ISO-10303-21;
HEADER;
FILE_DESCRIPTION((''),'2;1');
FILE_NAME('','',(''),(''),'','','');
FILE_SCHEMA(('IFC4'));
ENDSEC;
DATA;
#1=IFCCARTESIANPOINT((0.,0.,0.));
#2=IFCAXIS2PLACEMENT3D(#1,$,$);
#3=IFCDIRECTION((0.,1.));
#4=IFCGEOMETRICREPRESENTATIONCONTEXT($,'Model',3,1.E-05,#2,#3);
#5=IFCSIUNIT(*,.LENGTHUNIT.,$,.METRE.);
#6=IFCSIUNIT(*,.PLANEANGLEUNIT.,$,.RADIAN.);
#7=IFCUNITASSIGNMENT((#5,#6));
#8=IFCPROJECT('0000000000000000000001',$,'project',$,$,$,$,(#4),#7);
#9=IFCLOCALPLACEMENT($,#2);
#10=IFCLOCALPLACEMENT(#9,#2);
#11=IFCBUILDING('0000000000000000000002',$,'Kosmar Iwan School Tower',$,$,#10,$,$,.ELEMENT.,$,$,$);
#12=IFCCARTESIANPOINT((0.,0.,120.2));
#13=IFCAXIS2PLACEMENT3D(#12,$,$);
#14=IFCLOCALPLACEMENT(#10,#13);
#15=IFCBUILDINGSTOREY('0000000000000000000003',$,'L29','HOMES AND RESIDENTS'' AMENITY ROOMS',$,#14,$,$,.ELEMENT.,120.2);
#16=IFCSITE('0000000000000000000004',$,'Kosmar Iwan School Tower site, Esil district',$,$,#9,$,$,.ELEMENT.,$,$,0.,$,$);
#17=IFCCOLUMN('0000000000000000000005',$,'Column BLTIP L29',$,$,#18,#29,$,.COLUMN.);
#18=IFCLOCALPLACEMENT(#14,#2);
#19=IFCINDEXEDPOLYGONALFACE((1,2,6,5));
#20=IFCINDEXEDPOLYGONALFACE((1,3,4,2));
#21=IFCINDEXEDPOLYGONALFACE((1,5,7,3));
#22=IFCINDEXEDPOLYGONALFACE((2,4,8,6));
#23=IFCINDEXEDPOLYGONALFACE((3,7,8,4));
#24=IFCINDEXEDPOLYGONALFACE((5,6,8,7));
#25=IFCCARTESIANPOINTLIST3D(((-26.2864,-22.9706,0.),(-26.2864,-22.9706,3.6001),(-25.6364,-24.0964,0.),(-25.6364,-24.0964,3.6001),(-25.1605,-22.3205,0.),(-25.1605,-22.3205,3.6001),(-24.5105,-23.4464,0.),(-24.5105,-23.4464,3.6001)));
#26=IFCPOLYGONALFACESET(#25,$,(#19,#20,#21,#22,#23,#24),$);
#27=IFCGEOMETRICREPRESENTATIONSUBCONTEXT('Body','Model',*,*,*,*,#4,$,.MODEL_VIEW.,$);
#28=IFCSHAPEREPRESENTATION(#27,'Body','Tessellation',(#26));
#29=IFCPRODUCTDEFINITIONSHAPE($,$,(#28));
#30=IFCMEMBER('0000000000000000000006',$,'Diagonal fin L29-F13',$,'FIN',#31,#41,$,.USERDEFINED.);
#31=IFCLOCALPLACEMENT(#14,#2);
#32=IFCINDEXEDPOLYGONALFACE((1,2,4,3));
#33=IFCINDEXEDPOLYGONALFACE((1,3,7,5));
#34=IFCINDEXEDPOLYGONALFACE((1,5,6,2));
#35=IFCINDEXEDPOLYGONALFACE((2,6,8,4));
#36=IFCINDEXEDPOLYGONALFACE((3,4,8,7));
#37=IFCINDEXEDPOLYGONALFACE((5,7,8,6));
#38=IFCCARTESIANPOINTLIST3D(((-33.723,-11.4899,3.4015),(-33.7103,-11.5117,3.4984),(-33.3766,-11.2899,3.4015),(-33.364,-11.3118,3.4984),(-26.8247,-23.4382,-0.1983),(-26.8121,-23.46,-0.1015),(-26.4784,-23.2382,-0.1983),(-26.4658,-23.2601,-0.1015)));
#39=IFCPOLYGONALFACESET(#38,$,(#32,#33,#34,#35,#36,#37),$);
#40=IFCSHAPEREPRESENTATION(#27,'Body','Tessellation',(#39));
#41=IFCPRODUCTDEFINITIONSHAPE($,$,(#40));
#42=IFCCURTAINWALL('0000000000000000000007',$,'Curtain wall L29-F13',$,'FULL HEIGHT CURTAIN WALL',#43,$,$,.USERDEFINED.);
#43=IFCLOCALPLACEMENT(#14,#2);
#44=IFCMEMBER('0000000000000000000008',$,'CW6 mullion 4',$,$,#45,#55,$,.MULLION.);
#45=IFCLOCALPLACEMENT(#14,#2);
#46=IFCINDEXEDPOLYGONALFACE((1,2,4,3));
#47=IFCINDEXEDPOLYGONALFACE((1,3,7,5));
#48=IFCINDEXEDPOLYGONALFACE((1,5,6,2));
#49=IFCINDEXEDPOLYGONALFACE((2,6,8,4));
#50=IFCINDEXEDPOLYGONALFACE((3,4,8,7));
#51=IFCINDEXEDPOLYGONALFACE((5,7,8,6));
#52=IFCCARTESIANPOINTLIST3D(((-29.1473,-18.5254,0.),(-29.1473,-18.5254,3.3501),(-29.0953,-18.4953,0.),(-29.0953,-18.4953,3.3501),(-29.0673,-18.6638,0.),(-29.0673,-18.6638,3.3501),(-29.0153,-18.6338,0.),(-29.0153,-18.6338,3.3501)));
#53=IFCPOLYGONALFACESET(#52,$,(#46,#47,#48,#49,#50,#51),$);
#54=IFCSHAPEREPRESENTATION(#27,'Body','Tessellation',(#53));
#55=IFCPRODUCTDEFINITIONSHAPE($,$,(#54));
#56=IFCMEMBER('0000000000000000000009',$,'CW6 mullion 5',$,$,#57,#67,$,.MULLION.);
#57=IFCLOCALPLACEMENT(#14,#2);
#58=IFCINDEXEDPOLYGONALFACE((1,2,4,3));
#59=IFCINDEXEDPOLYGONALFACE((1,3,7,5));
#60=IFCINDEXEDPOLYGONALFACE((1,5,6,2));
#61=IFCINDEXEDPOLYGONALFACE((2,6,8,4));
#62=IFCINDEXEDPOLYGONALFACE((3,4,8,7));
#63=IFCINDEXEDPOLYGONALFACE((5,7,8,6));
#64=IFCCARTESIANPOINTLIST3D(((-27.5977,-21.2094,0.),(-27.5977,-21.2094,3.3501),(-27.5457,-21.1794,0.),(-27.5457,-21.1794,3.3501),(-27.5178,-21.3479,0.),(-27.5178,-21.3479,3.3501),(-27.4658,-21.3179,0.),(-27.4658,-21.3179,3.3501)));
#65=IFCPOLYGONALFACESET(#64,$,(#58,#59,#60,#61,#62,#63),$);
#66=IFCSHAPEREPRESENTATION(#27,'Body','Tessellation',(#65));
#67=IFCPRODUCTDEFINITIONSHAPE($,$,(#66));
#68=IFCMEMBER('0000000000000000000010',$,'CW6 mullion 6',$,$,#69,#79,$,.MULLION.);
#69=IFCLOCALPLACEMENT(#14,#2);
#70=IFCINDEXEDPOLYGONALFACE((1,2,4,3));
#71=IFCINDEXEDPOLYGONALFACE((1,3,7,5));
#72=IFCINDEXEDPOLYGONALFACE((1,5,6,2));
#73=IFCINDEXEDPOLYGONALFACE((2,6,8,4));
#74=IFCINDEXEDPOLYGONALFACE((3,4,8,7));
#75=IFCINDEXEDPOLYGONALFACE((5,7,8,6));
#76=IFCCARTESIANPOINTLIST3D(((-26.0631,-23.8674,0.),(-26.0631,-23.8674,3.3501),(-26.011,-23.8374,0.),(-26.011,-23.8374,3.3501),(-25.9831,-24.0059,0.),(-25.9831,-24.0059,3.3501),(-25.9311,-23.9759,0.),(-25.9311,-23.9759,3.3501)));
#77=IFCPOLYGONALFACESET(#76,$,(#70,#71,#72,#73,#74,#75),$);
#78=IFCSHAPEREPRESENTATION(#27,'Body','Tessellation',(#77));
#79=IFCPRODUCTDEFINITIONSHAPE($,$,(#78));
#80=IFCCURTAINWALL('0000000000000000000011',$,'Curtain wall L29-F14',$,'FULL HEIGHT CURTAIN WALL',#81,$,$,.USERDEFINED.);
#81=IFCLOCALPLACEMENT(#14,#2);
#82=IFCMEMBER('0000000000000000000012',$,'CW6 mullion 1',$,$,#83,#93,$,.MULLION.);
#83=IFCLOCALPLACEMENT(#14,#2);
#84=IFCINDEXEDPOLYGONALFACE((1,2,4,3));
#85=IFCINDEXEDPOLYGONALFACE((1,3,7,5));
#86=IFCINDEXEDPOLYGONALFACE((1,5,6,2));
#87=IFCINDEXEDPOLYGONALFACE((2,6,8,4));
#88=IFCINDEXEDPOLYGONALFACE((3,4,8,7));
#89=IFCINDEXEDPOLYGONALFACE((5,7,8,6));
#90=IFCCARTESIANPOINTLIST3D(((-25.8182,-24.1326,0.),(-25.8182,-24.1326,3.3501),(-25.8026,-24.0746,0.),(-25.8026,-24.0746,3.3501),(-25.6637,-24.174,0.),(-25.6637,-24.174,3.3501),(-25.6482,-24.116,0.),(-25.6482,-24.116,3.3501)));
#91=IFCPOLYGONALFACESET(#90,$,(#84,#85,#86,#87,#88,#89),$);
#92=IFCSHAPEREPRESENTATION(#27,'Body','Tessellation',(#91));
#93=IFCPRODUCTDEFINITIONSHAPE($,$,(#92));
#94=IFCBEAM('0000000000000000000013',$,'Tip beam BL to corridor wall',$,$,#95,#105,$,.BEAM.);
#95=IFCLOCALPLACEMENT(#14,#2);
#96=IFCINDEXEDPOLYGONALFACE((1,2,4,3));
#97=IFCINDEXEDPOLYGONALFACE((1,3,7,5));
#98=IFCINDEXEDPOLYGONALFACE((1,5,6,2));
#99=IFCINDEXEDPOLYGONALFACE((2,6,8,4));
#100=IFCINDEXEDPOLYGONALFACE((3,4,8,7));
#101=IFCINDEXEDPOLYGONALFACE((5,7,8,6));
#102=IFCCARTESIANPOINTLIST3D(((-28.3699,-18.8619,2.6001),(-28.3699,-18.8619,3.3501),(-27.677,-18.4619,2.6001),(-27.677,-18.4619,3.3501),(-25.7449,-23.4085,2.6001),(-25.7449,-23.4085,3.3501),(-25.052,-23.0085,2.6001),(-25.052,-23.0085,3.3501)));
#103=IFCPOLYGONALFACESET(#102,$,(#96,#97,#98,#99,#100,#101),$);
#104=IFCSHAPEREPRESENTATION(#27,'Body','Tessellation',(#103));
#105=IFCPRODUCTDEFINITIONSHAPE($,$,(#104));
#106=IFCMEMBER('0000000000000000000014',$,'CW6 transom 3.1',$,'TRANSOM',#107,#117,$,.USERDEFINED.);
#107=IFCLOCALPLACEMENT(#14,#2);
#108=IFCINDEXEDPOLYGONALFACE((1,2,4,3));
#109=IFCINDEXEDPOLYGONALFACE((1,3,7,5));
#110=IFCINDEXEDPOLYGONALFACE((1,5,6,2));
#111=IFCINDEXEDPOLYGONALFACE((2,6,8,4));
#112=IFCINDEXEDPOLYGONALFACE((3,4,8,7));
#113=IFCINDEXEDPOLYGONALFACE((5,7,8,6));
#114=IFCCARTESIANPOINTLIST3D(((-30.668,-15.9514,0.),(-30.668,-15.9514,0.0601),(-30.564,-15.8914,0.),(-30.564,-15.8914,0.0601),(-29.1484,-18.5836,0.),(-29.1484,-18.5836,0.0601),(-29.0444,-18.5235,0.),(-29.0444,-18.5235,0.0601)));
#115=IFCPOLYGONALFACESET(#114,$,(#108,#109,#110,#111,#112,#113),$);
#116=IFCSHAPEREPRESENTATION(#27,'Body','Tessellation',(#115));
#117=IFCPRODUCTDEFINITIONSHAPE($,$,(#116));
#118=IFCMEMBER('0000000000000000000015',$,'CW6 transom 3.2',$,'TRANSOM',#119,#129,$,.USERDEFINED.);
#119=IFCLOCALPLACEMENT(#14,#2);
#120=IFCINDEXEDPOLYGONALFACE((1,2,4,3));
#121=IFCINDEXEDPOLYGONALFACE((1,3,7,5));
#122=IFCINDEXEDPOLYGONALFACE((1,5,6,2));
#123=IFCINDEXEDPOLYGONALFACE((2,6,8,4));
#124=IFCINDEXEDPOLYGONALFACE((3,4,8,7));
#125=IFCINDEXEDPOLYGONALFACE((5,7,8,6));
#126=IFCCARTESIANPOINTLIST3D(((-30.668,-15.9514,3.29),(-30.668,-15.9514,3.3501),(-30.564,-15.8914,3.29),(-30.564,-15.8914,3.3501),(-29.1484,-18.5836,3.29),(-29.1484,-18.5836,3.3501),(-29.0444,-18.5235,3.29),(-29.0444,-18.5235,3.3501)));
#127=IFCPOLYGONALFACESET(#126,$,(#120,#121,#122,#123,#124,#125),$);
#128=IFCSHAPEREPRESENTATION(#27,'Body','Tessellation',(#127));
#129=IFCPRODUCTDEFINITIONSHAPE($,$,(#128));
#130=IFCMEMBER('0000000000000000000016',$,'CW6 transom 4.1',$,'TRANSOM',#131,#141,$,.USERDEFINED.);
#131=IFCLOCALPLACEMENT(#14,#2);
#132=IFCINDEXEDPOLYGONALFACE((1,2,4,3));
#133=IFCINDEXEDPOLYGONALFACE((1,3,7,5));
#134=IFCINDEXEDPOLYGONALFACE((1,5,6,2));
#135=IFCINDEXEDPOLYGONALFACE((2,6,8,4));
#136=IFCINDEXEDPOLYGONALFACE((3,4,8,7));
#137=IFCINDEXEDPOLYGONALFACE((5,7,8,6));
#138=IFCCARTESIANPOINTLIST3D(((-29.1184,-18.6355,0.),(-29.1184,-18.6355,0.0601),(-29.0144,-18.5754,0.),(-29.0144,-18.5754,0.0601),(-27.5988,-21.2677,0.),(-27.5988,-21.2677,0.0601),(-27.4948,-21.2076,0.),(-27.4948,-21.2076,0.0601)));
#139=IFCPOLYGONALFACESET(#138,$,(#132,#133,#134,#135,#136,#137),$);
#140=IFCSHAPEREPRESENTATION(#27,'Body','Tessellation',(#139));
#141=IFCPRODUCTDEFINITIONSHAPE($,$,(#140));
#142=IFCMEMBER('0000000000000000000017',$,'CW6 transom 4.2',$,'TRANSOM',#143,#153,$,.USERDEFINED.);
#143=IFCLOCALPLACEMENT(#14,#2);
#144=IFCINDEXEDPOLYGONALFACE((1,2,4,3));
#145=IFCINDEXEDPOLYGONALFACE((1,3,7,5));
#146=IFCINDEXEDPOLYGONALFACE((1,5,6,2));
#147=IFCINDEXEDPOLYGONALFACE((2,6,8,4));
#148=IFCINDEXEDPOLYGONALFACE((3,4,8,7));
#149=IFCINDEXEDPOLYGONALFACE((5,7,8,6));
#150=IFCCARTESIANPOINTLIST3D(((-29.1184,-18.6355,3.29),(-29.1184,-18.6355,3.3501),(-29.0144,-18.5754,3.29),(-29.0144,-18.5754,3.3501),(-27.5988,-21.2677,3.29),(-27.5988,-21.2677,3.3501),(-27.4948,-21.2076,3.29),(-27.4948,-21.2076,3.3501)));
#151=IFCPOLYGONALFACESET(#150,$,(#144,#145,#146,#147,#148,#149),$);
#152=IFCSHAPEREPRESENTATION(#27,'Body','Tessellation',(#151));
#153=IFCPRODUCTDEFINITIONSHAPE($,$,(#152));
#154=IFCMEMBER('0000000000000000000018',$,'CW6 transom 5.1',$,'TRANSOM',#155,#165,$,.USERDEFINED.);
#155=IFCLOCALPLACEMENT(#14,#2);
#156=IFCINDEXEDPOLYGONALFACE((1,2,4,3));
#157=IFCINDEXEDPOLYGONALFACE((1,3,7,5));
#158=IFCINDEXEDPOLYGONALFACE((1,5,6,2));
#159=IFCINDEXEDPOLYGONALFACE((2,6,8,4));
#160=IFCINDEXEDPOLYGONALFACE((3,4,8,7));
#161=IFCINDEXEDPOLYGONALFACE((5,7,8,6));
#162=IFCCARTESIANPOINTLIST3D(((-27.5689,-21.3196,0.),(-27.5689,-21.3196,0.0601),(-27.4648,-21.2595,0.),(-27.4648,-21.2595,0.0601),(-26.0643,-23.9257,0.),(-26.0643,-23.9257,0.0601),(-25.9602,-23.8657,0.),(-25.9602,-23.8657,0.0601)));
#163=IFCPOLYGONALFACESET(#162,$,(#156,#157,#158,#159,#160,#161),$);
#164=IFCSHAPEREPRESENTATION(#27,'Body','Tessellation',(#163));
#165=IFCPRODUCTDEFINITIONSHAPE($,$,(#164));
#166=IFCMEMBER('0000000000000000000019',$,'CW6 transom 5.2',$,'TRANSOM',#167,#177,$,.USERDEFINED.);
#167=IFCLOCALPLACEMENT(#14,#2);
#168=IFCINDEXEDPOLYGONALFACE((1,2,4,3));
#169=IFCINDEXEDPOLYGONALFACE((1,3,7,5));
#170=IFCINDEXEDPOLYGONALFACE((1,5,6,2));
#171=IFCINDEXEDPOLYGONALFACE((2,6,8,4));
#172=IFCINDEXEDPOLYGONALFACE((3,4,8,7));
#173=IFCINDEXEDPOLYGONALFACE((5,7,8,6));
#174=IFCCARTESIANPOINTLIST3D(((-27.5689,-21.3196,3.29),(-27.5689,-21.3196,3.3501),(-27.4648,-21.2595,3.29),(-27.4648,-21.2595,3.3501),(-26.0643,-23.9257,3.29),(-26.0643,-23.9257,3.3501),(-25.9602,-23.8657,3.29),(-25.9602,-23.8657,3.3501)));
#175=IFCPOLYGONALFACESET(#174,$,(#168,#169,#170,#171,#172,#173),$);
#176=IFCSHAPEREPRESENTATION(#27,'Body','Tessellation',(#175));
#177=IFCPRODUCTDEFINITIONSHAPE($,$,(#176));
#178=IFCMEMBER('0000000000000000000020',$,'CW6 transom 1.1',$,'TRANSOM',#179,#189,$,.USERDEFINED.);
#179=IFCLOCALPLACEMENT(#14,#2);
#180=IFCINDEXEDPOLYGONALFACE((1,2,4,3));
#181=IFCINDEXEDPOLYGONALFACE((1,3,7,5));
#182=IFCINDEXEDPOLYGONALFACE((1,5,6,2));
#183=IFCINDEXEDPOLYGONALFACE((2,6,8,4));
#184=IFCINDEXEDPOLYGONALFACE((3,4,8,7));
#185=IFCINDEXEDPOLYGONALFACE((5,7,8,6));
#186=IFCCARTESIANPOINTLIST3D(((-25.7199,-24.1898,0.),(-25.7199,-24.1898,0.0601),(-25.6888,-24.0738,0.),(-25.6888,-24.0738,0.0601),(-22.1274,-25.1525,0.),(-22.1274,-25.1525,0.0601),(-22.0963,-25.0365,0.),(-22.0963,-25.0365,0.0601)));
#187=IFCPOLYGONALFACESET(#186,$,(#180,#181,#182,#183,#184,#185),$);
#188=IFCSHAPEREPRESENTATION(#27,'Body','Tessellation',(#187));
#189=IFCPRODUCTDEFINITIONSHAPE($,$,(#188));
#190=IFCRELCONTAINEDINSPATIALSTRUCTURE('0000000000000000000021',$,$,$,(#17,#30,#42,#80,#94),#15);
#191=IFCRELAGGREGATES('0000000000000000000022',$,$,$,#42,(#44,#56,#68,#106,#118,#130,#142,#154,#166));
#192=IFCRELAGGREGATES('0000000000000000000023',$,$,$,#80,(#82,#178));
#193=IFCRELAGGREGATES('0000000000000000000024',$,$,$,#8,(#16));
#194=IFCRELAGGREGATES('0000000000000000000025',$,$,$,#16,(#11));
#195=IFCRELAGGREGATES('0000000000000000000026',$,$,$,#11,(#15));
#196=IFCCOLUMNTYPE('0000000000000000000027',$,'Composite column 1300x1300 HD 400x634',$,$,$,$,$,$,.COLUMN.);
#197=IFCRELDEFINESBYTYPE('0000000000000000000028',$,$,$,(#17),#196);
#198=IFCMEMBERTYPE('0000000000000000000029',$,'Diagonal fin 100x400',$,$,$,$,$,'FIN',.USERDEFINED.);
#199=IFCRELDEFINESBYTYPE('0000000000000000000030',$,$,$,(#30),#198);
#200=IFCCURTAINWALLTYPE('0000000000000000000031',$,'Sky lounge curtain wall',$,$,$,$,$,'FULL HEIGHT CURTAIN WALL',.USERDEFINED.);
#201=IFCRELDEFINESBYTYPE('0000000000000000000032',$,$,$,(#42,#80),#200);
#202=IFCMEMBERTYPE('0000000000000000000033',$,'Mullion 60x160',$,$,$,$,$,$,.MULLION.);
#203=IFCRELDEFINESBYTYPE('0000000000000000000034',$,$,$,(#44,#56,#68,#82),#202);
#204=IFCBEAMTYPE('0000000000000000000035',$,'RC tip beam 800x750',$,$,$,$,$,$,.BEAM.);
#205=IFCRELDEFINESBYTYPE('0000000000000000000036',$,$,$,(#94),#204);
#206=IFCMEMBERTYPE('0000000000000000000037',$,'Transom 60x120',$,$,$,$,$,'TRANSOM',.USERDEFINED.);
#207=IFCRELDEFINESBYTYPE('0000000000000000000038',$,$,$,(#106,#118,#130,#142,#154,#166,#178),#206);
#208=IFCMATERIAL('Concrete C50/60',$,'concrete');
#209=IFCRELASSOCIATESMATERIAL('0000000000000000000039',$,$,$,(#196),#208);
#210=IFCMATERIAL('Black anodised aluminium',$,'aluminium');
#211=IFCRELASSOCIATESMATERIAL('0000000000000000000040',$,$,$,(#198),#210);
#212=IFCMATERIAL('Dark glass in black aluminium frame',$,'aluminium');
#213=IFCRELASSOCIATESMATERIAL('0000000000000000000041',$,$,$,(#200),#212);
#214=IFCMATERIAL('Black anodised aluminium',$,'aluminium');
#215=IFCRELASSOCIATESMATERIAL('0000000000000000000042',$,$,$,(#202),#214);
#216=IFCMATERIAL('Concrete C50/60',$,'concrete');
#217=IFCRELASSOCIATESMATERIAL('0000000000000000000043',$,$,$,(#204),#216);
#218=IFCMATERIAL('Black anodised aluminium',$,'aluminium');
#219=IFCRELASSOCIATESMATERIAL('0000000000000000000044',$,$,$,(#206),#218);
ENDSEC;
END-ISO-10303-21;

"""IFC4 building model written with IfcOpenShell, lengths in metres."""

from ifc_helpers import new_model, si_unit, direction, frame, origin, origin_2d, place, context, subcontext, project, spatial, rectangle, extrude, material, material_profile, profile_set, type_object, element, aggregate, save


model = new_model("IFC4")

# Units and contexts
model_context = context("Model", 3, precision=1e-05, world=origin(), true_north=direction((0.0, 1.0)))
body_context = subcontext(model_context, "Body", "Model", "MODEL_VIEW")
ifc_project = project(units=[si_unit("LENGTHUNIT", "METRE"), si_unit("PLANEANGLEUNIT", "RADIAN")], contexts=[model_context])

# Site, building, storey
site_placement = place(None, origin())
site = spatial("IfcSite", under=ifc_project, at=site_placement, Name="Kosmar Iwan School Tower site, Esil district", CompositionType="ELEMENT", RefElevation=0.0)
building_placement = place(site_placement, origin())
building = spatial("IfcBuilding", under=site, at=building_placement, Name="Kosmar Iwan School Tower", CompositionType="ELEMENT")
storey_placement = place(building_placement, frame((0.0, 0.0, 120.2)))
storey = spatial("IfcBuildingStorey", under=building, at=storey_placement, Name="L29", Description="HOMES AND RESIDENTS' AMENITY ROOMS", CompositionType="ELEMENT", Elevation=120.2)

# Column
ifc_material_1 = material(Name="Concrete C50/60", Category="concrete")
ifc_material_profile_1 = material_profile(ifc_material_1, rectangle(XDim=1.3, YDim=1.3, at=origin_2d()), Name="RC 1300x1300 + HD 400x634")
ifc_profile_set_1 = profile_set([ifc_material_profile_1], Name="Concrete C50/60")
column_type = type_object("IfcColumnType", Name="Composite column 1300x1300 HD 400x634", PredefinedType="COLUMN", material=ifc_profile_set_1)
column_placement = place(storey_placement, frame((-25.3984, -23.2085, 0.0), z_axis=(0.0, 0.0, 1.0), x_axis=(-0.866025, -0.5, 0.0)))
element("IfcColumn", 1, at=column_placement, inside=storey, type_object=column_type, Name="Column BLTIP L29", PredefinedType="COLUMN", context=body_context, shape_type="SweptSolid", body=[
    extrude(rectangle(XDim=1.3, YDim=1.3, at=origin_2d()), origin(), (0.0, 0.0, 1.0), 3.6001),
])

# Member
ifc_material_2 = material(Name="Black anodised aluminium", Category="aluminium")
ifc_material_profile_2 = material_profile(ifc_material_2, rectangle(XDim=0.1001, YDim=0.3999, at=origin_2d()), Name="FIN 100x400")
ifc_profile_set_2 = profile_set([ifc_material_profile_2], Name="Black anodised aluminium")
member_type_1 = type_object("IfcMemberType", Name="Diagonal fin 100x400", ElementType="FIN", PredefinedType="USERDEFINED", material=ifc_profile_set_2)
member_1_placement = place(storey_placement, frame((-26.6453, -23.3491, -0.1499), z_axis=(-0.483796, 0.837974, 0.252471), x_axis=(0.126234, -0.218647, 0.967604)))
element("IfcMember", 2, at=member_1_placement, inside=storey, type_object=member_type_1, Name="Diagonal fin L29-F13", ObjectType="FIN", PredefinedType="USERDEFINED", context=body_context, shape_type="SweptSolid", body=[
    extrude(rectangle(XDim=0.1001, YDim=0.3999, at=origin_2d()), origin(), (0.0, 0.0, 1.0), 14.2585),
])

# Curtain wall, members
ifc_material_3 = material(Name="Dark glass in black aluminium frame", Category="aluminium")
curtain_wall_type = type_object("IfcCurtainWallType", Name="Sky lounge curtain wall", ElementType="FULL HEIGHT CURTAIN WALL", PredefinedType="USERDEFINED", material=ifc_material_3)
curtain_wall_1_placement = place(storey_placement, origin())
curtain_wall_1 = element("IfcCurtainWall", 3, at=curtain_wall_1_placement, inside=storey, type_object=curtain_wall_type, Name="Curtain wall L29-F13", ObjectType="FULL HEIGHT CURTAIN WALL", PredefinedType="USERDEFINED")
ifc_material_4 = material(Name="Black anodised aluminium", Category="aluminium")
ifc_material_profile_3 = material_profile(ifc_material_4, rectangle(XDim=0.0601, YDim=0.1599, at=origin_2d()), Name="MULLION 60x160")
ifc_profile_set_3 = profile_set([ifc_material_profile_3], Name="Black anodised aluminium")
member_type_2 = type_object("IfcMemberType", Name="Mullion 60x160", PredefinedType="MULLION", material=ifc_profile_set_3)
member_2_placement = place(storey_placement, frame((-29.0813, -18.5796, 0.0), z_axis=(0.0, 0.0, 1.0), x_axis=(0.866025, 0.5, 0.0)))
member_2 = element("IfcMember", 4, at=member_2_placement, type_object=member_type_2, Name="CW6 mullion 4", PredefinedType="MULLION", context=body_context, shape_type="SweptSolid", body=[
    extrude(rectangle(XDim=0.0601, YDim=0.1599, at=origin_2d()), origin(), (0.0, 0.0, 1.0), 3.3501),
])
member_3_placement = place(storey_placement, frame((-27.5317, -21.2637, 0.0), z_axis=(0.0, 0.0, 1.0), x_axis=(0.866025, 0.5, 0.0)))
member_3 = element("IfcMember", 5, at=member_3_placement, type_object=member_type_2, Name="CW6 mullion 5", PredefinedType="MULLION", context=body_context, shape_type="SweptSolid", body=[
    extrude(rectangle(XDim=0.0601, YDim=0.1599, at=origin_2d()), origin(), (0.0, 0.0, 1.0), 3.3501),
])
member_4_placement = place(storey_placement, frame((-25.9971, -23.9216, 0.0), z_axis=(0.0, 0.0, 1.0), x_axis=(0.866025, 0.5, 0.0)))
member_4 = element("IfcMember", 6, at=member_4_placement, type_object=member_type_2, Name="CW6 mullion 6", PredefinedType="MULLION", context=body_context, shape_type="SweptSolid", body=[
    extrude(rectangle(XDim=0.0601, YDim=0.1599, at=origin_2d()), origin(), (0.0, 0.0, 1.0), 3.3501),
])

# Curtain wall, member
curtain_wall_2_placement = place(storey_placement, origin())
curtain_wall_2 = element("IfcCurtainWall", 7, at=curtain_wall_2_placement, inside=storey, type_object=curtain_wall_type, Name="Curtain wall L29-F14", ObjectType="FULL HEIGHT CURTAIN WALL", PredefinedType="USERDEFINED")
member_5_placement = place(storey_placement, frame((-25.7332, -24.1243, 0.0), z_axis=(0.0, 0.0, 1.0), x_axis=(0.258819, 0.965926, 0.0)))
member_5 = element("IfcMember", 8, at=member_5_placement, type_object=member_type_2, Name="CW6 mullion 1", PredefinedType="MULLION", context=body_context, shape_type="SweptSolid", body=[
    extrude(rectangle(XDim=0.0601, YDim=0.1599, at=origin_2d()), origin(), (0.0, 0.0, 1.0), 3.3501),
])

# Beam
ifc_material_5 = material(Name="Concrete C50/60", Category="concrete")
ifc_material_profile_4 = material_profile(ifc_material_5, rectangle(XDim=0.8, YDim=0.75, at=origin_2d()), Name="RC 800x750")
ifc_profile_set_4 = profile_set([ifc_material_profile_4], Name="Concrete C50/60")
beam_type = type_object("IfcBeamType", Name="RC tip beam 800x750", PredefinedType="BEAM", material=ifc_profile_set_4)
beam_placement = place(storey_placement, frame((-25.3984, -23.2085, 2.9751), z_axis=(-0.5, 0.866025, 0.0), x_axis=(-0.866025, -0.5, 0.0)))
element("IfcBeam", 9, at=beam_placement, inside=storey, type_object=beam_type, Name="Tip beam BL to corridor wall", PredefinedType="BEAM", context=body_context, shape_type="SweptSolid", body=[
    extrude(rectangle(XDim=0.8, YDim=0.75, at=origin_2d()), origin(), (0.0, 0.0, 1.0), 5.25),
])

# Members
ifc_material_6 = material(Name="Black anodised aluminium", Category="aluminium")
ifc_material_profile_5 = material_profile(ifc_material_6, rectangle(XDim=0.1201, YDim=0.0601, at=origin_2d()), Name="TRANSOM 60x120")
ifc_profile_set_5 = profile_set([ifc_material_profile_5], Name="Black anodised aluminium")
member_type_3 = type_object("IfcMemberType", Name="Transom 60x120", ElementType="TRANSOM", PredefinedType="USERDEFINED", material=ifc_profile_set_5)
member_6_placement = place(storey_placement, frame((-30.616, -15.9214, 0.03), z_axis=(0.499975, -0.86604, 0.0), x_axis=(0.86604, 0.499975, 0.0)))
member_6 = element("IfcMember", 10, at=member_6_placement, type_object=member_type_3, Name="CW6 transom 3.1", ObjectType="TRANSOM", PredefinedType="USERDEFINED", context=body_context, shape_type="SweptSolid", body=[
    extrude(rectangle(XDim=0.1201, YDim=0.0601, at=origin_2d()), origin(), (0.0, 0.0, 1.0), 3.0393),
])
member_7_placement = place(storey_placement, frame((-30.616, -15.9214, 3.3201), z_axis=(0.499975, -0.86604, 0.0), x_axis=(0.86604, 0.499975, 0.0)))
member_7 = element("IfcMember", 11, at=member_7_placement, type_object=member_type_3, Name="CW6 transom 3.2", ObjectType="TRANSOM", PredefinedType="USERDEFINED", context=body_context, shape_type="SweptSolid", body=[
    extrude(rectangle(XDim=0.1201, YDim=0.0601, at=origin_2d()), origin(), (0.0, 0.0, 1.0), 3.0393),
])
member_8_placement = place(storey_placement, frame((-29.0664, -18.6055, 0.03), z_axis=(0.499975, -0.86604, 0.0), x_axis=(0.86604, 0.499975, 0.0)))
member_8 = element("IfcMember", 12, at=member_8_placement, type_object=member_type_3, Name="CW6 transom 4.1", ObjectType="TRANSOM", PredefinedType="USERDEFINED", context=body_context, shape_type="SweptSolid", body=[
    extrude(rectangle(XDim=0.1201, YDim=0.0601, at=origin_2d()), origin(), (0.0, 0.0, 1.0), 3.0393),
])
member_9_placement = place(storey_placement, frame((-29.0664, -18.6055, 3.3201), z_axis=(0.499975, -0.86604, 0.0), x_axis=(0.86604, 0.499975, 0.0)))
member_9 = element("IfcMember", 13, at=member_9_placement, type_object=member_type_3, Name="CW6 transom 4.2", ObjectType="TRANSOM", PredefinedType="USERDEFINED", context=body_context, shape_type="SweptSolid", body=[
    extrude(rectangle(XDim=0.1201, YDim=0.0601, at=origin_2d()), origin(), (0.0, 0.0, 1.0), 3.0393),
])
member_10_placement = place(storey_placement, frame((-27.5168, -21.2896, 0.03), z_axis=(0.499987, -0.866033, 0.0), x_axis=(0.866033, 0.499987, 0.0)))
member_10 = element("IfcMember", 14, at=member_10_placement, type_object=member_type_3, Name="CW6 transom 5.1", ObjectType="TRANSOM", PredefinedType="USERDEFINED", context=body_context, shape_type="SweptSolid", body=[
    extrude(rectangle(XDim=0.1201, YDim=0.0601, at=origin_2d()), origin(), (0.0, 0.0, 1.0), 3.0093),
])
member_11_placement = place(storey_placement, frame((-27.5168, -21.2896, 3.3201), z_axis=(0.499987, -0.866033, 0.0), x_axis=(0.866033, 0.499987, 0.0)))
member_11 = element("IfcMember", 15, at=member_11_placement, type_object=member_type_3, Name="CW6 transom 5.2", ObjectType="TRANSOM", PredefinedType="USERDEFINED", context=body_context, shape_type="SweptSolid", body=[
    extrude(rectangle(XDim=0.1201, YDim=0.0601, at=origin_2d()), origin(), (0.0, 0.0, 1.0), 3.0093),
])
member_12_placement = place(storey_placement, frame((-25.7043, -24.1318, 0.03), z_axis=(0.965924, -0.258827, 0.0), x_axis=(0.258827, 0.965924, 0.0)))
member_12 = element("IfcMember", 16, at=member_12_placement, type_object=member_type_3, Name="CW6 transom 1.1", ObjectType="TRANSOM", PredefinedType="USERDEFINED", context=body_context, shape_type="SweptSolid", body=[
    extrude(rectangle(XDim=0.1201, YDim=0.0601, at=origin_2d()), origin(), (0.0, 0.0, 1.0), 3.7192),
])

aggregate(curtain_wall_1, [member_2, member_3, member_4, member_6, member_7, member_8, member_9, member_10, member_11])
aggregate(curtain_wall_2, [member_5, member_12])

save(model, "model.ifc")
